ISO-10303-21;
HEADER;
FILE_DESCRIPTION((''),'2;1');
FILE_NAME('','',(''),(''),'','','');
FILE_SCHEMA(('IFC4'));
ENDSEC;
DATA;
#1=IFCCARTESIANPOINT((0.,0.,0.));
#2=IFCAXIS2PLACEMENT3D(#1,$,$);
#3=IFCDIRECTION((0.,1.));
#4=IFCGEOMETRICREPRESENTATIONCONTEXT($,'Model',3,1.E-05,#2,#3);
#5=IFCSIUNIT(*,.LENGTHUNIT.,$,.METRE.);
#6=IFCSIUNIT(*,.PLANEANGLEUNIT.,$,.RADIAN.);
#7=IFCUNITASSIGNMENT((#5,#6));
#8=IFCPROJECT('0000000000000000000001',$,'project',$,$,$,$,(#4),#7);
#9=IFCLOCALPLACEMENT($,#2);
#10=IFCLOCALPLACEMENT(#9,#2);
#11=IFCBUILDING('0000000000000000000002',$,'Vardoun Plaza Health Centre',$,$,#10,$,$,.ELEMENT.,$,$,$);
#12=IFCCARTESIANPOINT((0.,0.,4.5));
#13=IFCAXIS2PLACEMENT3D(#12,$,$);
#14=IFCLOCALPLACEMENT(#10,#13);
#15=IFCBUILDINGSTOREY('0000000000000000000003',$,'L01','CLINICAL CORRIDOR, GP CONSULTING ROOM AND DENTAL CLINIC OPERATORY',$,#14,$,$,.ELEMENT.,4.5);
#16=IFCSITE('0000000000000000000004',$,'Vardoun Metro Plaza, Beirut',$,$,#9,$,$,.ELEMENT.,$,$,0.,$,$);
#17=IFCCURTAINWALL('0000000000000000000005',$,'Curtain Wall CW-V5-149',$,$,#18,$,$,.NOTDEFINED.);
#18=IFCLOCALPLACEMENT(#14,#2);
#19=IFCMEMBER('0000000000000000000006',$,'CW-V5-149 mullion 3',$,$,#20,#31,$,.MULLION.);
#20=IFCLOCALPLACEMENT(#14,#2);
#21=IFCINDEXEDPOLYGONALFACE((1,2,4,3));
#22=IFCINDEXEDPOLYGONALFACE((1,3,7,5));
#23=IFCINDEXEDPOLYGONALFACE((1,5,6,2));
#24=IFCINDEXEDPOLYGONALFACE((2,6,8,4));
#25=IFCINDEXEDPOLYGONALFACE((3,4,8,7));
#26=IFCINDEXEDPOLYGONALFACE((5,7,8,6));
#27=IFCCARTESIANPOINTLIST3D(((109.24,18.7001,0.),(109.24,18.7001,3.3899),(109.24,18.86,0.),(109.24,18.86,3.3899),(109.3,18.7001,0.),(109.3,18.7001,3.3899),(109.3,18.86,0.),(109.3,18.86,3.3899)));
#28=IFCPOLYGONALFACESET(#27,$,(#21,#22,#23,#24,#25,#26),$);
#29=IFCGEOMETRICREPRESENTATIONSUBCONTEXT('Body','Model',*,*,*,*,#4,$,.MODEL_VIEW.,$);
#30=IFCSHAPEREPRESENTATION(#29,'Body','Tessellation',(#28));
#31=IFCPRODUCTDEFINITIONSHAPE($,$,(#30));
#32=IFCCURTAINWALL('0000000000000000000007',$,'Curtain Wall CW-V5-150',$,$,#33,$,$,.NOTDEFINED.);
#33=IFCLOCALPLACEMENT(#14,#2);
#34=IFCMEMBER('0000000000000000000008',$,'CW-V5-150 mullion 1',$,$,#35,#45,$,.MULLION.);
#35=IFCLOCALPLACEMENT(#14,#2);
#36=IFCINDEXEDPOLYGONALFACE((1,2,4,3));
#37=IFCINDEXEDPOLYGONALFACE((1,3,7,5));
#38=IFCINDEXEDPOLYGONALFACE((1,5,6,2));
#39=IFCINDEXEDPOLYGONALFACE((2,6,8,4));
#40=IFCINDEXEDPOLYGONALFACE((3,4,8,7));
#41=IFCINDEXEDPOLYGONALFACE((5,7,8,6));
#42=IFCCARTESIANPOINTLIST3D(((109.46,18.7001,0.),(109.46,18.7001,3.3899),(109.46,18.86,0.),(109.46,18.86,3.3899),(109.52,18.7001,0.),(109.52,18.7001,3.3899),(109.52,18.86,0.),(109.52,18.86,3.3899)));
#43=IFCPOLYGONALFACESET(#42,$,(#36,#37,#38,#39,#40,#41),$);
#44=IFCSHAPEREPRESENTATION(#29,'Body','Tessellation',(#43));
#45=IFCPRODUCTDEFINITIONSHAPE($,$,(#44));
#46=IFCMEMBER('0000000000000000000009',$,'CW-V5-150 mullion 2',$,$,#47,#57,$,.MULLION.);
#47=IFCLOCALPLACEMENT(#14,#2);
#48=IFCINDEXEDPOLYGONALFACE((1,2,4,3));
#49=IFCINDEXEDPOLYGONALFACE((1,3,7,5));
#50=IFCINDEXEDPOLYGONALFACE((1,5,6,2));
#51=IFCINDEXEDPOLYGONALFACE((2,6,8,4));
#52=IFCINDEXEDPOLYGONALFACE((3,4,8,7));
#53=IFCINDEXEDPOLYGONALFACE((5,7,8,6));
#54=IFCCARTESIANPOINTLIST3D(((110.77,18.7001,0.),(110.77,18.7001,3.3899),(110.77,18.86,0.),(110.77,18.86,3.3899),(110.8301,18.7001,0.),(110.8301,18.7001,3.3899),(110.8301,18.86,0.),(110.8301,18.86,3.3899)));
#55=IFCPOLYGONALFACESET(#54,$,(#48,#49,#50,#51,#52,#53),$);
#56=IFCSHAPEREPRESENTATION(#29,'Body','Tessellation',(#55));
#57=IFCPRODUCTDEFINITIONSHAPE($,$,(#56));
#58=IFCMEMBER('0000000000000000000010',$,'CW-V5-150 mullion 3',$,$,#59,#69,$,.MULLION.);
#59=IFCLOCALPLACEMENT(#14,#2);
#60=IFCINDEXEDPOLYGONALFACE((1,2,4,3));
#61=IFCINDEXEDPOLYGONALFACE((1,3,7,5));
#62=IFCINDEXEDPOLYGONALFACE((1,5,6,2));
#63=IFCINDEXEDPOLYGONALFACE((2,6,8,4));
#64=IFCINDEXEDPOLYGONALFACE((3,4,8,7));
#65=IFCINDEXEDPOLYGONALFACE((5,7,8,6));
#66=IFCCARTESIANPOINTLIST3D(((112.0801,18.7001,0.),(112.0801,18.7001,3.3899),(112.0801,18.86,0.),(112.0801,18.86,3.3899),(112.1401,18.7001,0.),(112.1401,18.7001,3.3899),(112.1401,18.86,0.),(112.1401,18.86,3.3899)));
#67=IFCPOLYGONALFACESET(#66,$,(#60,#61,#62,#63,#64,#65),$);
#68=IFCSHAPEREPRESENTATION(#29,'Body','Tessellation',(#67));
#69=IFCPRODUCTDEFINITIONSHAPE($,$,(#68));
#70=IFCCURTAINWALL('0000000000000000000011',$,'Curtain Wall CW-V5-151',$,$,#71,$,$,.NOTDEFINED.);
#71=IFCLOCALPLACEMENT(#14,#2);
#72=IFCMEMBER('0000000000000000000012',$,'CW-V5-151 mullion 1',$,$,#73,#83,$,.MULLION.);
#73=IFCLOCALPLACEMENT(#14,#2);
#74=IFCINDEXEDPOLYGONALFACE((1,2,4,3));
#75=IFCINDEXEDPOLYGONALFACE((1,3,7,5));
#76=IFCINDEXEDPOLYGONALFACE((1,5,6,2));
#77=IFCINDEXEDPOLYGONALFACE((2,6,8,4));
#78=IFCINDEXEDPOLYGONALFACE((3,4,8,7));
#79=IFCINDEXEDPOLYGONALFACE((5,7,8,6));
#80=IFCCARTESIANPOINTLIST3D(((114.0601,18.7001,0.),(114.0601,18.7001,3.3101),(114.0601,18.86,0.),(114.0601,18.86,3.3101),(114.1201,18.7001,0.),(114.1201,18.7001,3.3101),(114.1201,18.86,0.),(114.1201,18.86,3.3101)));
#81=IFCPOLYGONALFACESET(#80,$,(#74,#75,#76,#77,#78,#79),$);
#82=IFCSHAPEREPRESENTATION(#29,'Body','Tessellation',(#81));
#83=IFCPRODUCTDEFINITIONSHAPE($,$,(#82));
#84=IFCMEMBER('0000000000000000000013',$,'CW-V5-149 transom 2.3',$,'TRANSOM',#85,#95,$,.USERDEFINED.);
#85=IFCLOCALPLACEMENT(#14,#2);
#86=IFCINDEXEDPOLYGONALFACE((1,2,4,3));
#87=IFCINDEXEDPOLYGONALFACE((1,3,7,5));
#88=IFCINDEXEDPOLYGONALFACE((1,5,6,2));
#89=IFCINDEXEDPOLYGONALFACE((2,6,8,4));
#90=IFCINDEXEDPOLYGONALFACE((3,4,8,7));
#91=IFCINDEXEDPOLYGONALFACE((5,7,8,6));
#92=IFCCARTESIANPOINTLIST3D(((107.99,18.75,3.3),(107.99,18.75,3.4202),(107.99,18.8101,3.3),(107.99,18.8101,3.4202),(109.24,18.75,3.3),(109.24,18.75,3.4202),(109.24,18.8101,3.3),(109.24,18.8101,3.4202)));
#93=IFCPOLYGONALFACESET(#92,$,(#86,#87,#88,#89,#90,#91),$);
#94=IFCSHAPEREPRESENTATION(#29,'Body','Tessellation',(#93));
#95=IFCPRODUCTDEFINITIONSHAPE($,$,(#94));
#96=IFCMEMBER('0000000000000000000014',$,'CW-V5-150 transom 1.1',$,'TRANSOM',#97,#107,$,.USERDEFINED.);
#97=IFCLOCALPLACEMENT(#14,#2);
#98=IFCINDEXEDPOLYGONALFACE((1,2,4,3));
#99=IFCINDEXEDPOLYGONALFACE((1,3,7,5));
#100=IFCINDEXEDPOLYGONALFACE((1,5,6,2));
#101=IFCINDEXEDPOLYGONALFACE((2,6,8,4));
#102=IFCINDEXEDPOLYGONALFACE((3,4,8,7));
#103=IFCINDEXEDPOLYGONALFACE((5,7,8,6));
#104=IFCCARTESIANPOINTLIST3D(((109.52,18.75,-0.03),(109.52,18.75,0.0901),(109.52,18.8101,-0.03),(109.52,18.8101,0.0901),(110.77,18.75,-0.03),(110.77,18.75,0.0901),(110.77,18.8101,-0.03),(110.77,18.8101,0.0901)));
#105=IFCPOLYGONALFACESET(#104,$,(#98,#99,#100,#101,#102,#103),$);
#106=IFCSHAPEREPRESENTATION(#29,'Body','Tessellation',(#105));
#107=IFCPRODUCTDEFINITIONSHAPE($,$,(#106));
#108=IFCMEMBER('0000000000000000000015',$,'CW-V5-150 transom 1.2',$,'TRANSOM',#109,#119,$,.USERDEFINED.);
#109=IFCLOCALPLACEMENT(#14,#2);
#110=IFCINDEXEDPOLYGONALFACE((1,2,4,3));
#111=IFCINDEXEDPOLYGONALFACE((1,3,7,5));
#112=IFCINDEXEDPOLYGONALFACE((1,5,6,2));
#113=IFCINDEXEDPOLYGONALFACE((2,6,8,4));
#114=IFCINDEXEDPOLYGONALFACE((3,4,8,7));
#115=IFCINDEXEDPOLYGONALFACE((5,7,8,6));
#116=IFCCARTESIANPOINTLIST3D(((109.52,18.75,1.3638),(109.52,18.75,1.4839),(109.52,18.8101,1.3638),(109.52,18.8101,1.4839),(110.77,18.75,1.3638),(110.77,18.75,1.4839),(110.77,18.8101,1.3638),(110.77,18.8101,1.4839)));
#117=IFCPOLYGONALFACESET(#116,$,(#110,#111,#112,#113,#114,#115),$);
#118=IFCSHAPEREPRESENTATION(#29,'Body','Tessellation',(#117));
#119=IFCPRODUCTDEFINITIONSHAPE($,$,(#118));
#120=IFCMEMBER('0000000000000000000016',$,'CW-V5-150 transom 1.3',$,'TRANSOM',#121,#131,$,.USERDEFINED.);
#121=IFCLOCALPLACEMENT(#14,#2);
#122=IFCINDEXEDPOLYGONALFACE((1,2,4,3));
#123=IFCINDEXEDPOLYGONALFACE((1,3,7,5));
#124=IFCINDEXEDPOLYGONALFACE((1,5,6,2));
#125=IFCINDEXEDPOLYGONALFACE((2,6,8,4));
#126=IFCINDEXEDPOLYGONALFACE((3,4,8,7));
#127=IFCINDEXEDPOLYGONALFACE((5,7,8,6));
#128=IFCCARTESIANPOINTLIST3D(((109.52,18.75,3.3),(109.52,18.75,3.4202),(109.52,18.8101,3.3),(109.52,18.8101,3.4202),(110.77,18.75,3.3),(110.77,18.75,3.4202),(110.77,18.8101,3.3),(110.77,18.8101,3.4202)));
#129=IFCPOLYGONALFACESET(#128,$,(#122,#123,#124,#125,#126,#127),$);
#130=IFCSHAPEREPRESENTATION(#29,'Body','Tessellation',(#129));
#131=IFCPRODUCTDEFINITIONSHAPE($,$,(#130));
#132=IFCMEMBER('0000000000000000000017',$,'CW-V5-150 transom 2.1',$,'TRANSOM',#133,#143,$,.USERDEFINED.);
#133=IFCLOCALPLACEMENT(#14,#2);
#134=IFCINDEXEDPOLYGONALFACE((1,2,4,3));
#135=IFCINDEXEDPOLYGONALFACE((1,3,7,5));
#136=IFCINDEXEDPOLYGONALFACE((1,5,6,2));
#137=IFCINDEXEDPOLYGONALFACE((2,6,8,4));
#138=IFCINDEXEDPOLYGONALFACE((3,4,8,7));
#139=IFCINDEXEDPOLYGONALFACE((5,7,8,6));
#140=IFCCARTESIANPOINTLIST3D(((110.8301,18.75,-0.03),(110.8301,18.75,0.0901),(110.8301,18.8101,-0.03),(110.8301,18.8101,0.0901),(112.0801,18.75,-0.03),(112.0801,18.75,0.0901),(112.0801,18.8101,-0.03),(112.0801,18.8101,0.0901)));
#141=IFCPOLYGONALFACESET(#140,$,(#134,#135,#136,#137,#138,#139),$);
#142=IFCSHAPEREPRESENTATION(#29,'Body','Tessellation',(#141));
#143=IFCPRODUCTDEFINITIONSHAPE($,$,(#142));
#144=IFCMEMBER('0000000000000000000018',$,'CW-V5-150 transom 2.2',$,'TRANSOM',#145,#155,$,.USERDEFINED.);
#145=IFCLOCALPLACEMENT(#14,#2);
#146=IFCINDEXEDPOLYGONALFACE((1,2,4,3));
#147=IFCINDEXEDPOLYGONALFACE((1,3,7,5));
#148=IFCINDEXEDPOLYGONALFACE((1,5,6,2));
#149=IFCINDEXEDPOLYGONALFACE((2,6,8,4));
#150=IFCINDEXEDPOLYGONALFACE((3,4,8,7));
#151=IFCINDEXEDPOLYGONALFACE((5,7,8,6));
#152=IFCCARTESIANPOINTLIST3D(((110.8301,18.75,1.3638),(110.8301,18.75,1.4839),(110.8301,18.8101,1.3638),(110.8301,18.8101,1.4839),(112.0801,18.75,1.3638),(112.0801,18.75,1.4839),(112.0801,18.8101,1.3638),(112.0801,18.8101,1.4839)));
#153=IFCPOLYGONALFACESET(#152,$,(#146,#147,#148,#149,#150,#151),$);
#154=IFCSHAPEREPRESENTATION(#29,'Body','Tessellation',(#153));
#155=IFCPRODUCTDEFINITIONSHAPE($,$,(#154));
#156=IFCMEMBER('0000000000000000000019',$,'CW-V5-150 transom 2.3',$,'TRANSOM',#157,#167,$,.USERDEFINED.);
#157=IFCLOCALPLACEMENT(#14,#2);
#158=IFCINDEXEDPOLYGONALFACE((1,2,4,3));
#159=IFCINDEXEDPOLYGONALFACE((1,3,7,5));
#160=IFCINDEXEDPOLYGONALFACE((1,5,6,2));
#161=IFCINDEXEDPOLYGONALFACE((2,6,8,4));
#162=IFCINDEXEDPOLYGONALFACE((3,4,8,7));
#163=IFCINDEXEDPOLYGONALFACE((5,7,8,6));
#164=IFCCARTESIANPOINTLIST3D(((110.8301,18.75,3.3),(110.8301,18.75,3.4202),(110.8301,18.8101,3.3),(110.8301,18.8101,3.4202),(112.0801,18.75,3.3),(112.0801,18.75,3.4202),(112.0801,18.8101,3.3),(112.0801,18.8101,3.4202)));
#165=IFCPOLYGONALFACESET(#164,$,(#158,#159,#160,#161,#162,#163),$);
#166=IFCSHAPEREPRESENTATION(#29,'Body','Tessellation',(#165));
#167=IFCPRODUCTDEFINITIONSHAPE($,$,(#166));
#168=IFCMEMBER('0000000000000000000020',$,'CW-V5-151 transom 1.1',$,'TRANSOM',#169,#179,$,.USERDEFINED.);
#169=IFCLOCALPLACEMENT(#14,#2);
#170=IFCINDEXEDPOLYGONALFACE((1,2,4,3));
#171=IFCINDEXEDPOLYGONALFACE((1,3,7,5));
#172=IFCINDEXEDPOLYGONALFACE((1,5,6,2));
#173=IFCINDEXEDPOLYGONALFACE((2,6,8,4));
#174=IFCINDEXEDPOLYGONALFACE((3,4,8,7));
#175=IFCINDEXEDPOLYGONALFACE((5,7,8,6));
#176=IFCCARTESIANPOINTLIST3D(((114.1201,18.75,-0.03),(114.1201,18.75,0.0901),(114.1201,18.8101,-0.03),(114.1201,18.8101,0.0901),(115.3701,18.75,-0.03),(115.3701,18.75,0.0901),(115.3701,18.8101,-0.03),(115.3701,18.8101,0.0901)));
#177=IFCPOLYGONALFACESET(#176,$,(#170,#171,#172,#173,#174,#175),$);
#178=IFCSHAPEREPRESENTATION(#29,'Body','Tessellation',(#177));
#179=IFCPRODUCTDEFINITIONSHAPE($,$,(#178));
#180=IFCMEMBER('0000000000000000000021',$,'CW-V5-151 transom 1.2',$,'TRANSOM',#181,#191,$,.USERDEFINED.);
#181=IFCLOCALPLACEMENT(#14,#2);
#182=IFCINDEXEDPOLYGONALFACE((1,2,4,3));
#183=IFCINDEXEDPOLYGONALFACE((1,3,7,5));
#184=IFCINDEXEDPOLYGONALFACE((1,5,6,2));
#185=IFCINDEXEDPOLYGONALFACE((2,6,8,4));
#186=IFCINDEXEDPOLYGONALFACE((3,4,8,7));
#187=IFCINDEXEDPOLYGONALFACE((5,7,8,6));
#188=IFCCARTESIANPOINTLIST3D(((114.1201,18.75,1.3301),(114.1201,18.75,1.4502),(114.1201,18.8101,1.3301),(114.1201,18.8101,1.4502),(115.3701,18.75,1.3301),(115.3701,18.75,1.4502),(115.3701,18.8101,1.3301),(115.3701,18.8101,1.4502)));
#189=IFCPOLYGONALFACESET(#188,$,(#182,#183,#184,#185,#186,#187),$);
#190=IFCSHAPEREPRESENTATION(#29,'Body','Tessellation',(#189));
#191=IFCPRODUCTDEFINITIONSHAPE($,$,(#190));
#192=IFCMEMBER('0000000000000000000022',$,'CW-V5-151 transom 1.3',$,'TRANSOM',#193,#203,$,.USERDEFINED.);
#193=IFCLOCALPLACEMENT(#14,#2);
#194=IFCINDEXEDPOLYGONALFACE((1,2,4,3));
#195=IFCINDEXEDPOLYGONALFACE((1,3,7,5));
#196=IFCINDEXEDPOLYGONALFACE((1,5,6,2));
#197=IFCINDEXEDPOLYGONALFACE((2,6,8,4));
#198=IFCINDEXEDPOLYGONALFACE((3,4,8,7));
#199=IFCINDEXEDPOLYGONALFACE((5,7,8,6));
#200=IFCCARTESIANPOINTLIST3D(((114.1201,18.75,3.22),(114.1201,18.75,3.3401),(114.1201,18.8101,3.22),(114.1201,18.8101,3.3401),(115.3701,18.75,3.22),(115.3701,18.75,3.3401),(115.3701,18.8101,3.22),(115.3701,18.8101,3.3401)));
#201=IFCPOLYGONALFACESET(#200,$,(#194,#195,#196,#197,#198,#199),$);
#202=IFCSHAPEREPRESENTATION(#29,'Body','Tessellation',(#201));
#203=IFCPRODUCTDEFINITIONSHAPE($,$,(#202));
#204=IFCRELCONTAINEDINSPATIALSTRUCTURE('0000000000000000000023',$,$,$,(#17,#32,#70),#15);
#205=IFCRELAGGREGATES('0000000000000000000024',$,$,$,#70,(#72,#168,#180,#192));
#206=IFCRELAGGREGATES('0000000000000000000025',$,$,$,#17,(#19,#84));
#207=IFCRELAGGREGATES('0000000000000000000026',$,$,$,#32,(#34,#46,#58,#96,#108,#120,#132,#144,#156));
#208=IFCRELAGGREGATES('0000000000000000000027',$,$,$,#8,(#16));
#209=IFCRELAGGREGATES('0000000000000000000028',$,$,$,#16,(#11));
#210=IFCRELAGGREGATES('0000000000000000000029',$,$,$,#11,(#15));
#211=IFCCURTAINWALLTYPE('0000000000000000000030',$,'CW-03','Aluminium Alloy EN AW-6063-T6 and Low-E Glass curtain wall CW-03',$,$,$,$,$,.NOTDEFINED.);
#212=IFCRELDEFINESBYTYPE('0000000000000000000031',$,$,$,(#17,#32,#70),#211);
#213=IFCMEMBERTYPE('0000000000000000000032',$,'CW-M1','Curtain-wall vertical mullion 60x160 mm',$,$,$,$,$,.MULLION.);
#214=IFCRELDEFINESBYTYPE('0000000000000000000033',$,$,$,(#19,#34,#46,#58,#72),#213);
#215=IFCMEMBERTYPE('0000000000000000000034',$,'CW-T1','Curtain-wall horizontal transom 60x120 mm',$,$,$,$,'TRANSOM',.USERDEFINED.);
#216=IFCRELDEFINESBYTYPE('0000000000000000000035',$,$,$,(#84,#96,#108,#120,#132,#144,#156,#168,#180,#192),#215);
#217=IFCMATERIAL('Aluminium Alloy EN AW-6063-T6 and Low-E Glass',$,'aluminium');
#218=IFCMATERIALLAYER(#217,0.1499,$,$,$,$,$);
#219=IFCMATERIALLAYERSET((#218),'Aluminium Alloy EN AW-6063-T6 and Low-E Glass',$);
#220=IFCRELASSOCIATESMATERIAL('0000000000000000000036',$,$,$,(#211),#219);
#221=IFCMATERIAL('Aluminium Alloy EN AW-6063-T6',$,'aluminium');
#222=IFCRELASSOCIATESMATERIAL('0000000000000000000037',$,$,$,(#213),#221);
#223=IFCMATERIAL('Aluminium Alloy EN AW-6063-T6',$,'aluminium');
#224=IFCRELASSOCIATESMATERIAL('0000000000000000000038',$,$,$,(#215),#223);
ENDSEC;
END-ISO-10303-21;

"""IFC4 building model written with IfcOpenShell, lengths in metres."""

from ifc_helpers import new_model, si_unit, direction, frame, origin, origin_2d, place, context, subcontext, project, spatial, rectangle, extrude, material, layer, layer_set, material_profile, profile_set, type_object, element, aggregate, save


model = new_model("IFC4")

# Units and contexts
model_context = context("Model", 3, precision=1e-05, world=origin(), true_north=direction((0.0, 1.0)))
body_context = subcontext(model_context, "Body", "Model", "MODEL_VIEW")
ifc_project = project(units=[si_unit("LENGTHUNIT", "METRE"), si_unit("PLANEANGLEUNIT", "RADIAN")], contexts=[model_context])

# Site, building, storey
site_placement = place(None, origin())
site = spatial("IfcSite", under=ifc_project, at=site_placement, Name="Vardoun Metro Plaza, Beirut", CompositionType="ELEMENT", RefElevation=0.0)
building_placement = place(site_placement, origin())
building = spatial("IfcBuilding", under=site, at=building_placement, Name="Vardoun Plaza Health Centre", CompositionType="ELEMENT")
storey_placement = place(building_placement, frame((0.0, 0.0, 4.5)))
storey = spatial("IfcBuildingStorey", under=building, at=storey_placement, Name="L01", Description="CLINICAL CORRIDOR, GP CONSULTING ROOM AND DENTAL CLINIC OPERATORY", CompositionType="ELEMENT", Elevation=4.5)

# Curtain wall, member
ifc_material_1 = material(Name="Aluminium Alloy EN AW-6063-T6 and Low-E Glass", Category="aluminium")
ifc_layer_1 = layer(ifc_material_1, 0.1499)
ifc_layer_set_1 = layer_set([ifc_layer_1], Name="Aluminium Alloy EN AW-6063-T6 and Low-E Glass")
curtain_wall_type = type_object("IfcCurtainWallType", Name="CW-03", Description="Aluminium Alloy EN AW-6063-T6 and Low-E Glass curtain wall CW-03", PredefinedType="NOTDEFINED", material=ifc_layer_set_1)
curtain_wall_1_placement = place(storey_placement, origin())
curtain_wall_1 = element("IfcCurtainWall", 1, at=curtain_wall_1_placement, inside=storey, type_object=curtain_wall_type, Name="Curtain Wall CW-V5-149", PredefinedType="NOTDEFINED")
ifc_material_2 = material(Name="Aluminium Alloy EN AW-6063-T6", Category="aluminium")
ifc_material_profile_1 = material_profile(ifc_material_2, rectangle(XDim=0.1599, YDim=0.0601, at=origin_2d()), Name="CWM 60x160")
ifc_profile_set_1 = profile_set([ifc_material_profile_1], Name="Aluminium Alloy EN AW-6063-T6")
member_type_1 = type_object("IfcMemberType", Name="CW-M1", Description="Curtain-wall vertical mullion 60x160 mm", PredefinedType="MULLION", material=ifc_profile_set_1)
member_1_placement = place(storey_placement, frame((109.27, 18.78, 0.0), z_axis=(0.0, 0.0, 1.0), x_axis=(0.0, 1.0, 0.0)))
member_1 = element("IfcMember", 2, at=member_1_placement, type_object=member_type_1, Name="CW-V5-149 mullion 3", PredefinedType="MULLION", context=body_context, shape_type="SweptSolid", body=[
    extrude(rectangle(XDim=0.1599, YDim=0.0601, at=origin_2d()), origin(), (0.0, 0.0, 1.0), 3.3899),
])

# Curtain wall, members
curtain_wall_2_placement = place(storey_placement, origin())
curtain_wall_2 = element("IfcCurtainWall", 3, at=curtain_wall_2_placement, inside=storey, type_object=curtain_wall_type, Name="Curtain Wall CW-V5-150", PredefinedType="NOTDEFINED")
member_2_placement = place(storey_placement, frame((109.49, 18.78, 0.0), z_axis=(0.0, 0.0, 1.0), x_axis=(0.0, 1.0, 0.0)))
member_2 = element("IfcMember", 4, at=member_2_placement, type_object=member_type_1, Name="CW-V5-150 mullion 1", PredefinedType="MULLION", context=body_context, shape_type="SweptSolid", body=[
    extrude(rectangle(XDim=0.1599, YDim=0.0601, at=origin_2d()), origin(), (0.0, 0.0, 1.0), 3.3899),
])
member_3_placement = place(storey_placement, frame((110.8, 18.78, 0.0), z_axis=(0.0, 0.0, 1.0), x_axis=(0.0, 1.0, 0.0)))
member_3 = element("IfcMember", 5, at=member_3_placement, type_object=member_type_1, Name="CW-V5-150 mullion 2", PredefinedType="MULLION", context=body_context, shape_type="SweptSolid", body=[
    extrude(rectangle(XDim=0.1599, YDim=0.0601, at=origin_2d()), origin(), (0.0, 0.0, 1.0), 3.3899),
])
member_4_placement = place(storey_placement, frame((112.1101, 18.78, 0.0), z_axis=(0.0, 0.0, 1.0), x_axis=(0.0, 1.0, 0.0)))
member_4 = element("IfcMember", 6, at=member_4_placement, type_object=member_type_1, Name="CW-V5-150 mullion 3", PredefinedType="MULLION", context=body_context, shape_type="SweptSolid", body=[
    extrude(rectangle(XDim=0.1599, YDim=0.0601, at=origin_2d()), origin(), (0.0, 0.0, 1.0), 3.3899),
])

# Curtain wall, member
curtain_wall_3_placement = place(storey_placement, origin())
curtain_wall_3 = element("IfcCurtainWall", 7, at=curtain_wall_3_placement, inside=storey, type_object=curtain_wall_type, Name="Curtain Wall CW-V5-151", PredefinedType="NOTDEFINED")
member_5_placement = place(storey_placement, frame((114.0901, 18.78, 0.0), z_axis=(0.0, 0.0, 1.0), x_axis=(0.0, 1.0, 0.0)))
member_5 = element("IfcMember", 8, at=member_5_placement, type_object=member_type_1, Name="CW-V5-151 mullion 1", PredefinedType="MULLION", context=body_context, shape_type="SweptSolid", body=[
    extrude(rectangle(XDim=0.1599, YDim=0.0601, at=origin_2d()), origin(), (0.0, 0.0, 1.0), 3.3101),
])

# Members
ifc_material_3 = material(Name="Aluminium Alloy EN AW-6063-T6", Category="aluminium")
ifc_material_profile_2 = material_profile(ifc_material_3, rectangle(XDim=0.0601, YDim=0.1201, at=origin_2d()), Name="CWT 60x120")
ifc_profile_set_2 = profile_set([ifc_material_profile_2], Name="Aluminium Alloy EN AW-6063-T6")
member_type_2 = type_object("IfcMemberType", Name="CW-T1", Description="Curtain-wall horizontal transom 60x120 mm", ElementType="TRANSOM", PredefinedType="USERDEFINED", material=ifc_profile_set_2)
member_6_placement = place(storey_placement, frame((107.99, 18.78, 3.3601), z_axis=(1.0, 0.0, 0.0), x_axis=(0.0, 1.0, 0.0)))
member_6 = element("IfcMember", 9, at=member_6_placement, type_object=member_type_2, Name="CW-V5-149 transom 2.3", ObjectType="TRANSOM", PredefinedType="USERDEFINED", context=body_context, shape_type="SweptSolid", body=[
    extrude(rectangle(XDim=0.0601, YDim=0.1201, at=origin_2d()), origin(), (0.0, 0.0, 1.0), 1.25),
])
member_7_placement = place(storey_placement, frame((109.52, 18.78, 0.03), z_axis=(1.0, 0.0, 0.0), x_axis=(0.0, 1.0, 0.0)))
member_7 = element("IfcMember", 10, at=member_7_placement, type_object=member_type_2, Name="CW-V5-150 transom 1.1", ObjectType="TRANSOM", PredefinedType="USERDEFINED", context=body_context, shape_type="SweptSolid", body=[
    extrude(rectangle(XDim=0.0601, YDim=0.1201, at=origin_2d()), origin(), (0.0, 0.0, 1.0), 1.25),
])
member_8_placement = place(storey_placement, frame((109.52, 18.78, 1.4238), z_axis=(1.0, 0.0, 0.0), x_axis=(0.0, 1.0, 0.0)))
member_8 = element("IfcMember", 11, at=member_8_placement, type_object=member_type_2, Name="CW-V5-150 transom 1.2", ObjectType="TRANSOM", PredefinedType="USERDEFINED", context=body_context, shape_type="SweptSolid", body=[
    extrude(rectangle(XDim=0.0601, YDim=0.1201, at=origin_2d()), origin(), (0.0, 0.0, 1.0), 1.25),
])
member_9_placement = place(storey_placement, frame((109.52, 18.78, 3.3601), z_axis=(1.0, 0.0, 0.0), x_axis=(0.0, 1.0, 0.0)))
member_9 = element("IfcMember", 12, at=member_9_placement, type_object=member_type_2, Name="CW-V5-150 transom 1.3", ObjectType="TRANSOM", PredefinedType="USERDEFINED", context=body_context, shape_type="SweptSolid", body=[
    extrude(rectangle(XDim=0.0601, YDim=0.1201, at=origin_2d()), origin(), (0.0, 0.0, 1.0), 1.25),
])
member_10_placement = place(storey_placement, frame((110.8301, 18.78, 0.03), z_axis=(1.0, 0.0, 0.0), x_axis=(0.0, 1.0, 0.0)))
member_10 = element("IfcMember", 13, at=member_10_placement, type_object=member_type_2, Name="CW-V5-150 transom 2.1", ObjectType="TRANSOM", PredefinedType="USERDEFINED", context=body_context, shape_type="SweptSolid", body=[
    extrude(rectangle(XDim=0.0601, YDim=0.1201, at=origin_2d()), origin(), (0.0, 0.0, 1.0), 1.25),
])
member_11_placement = place(storey_placement, frame((110.8301, 18.78, 1.4238), z_axis=(1.0, 0.0, 0.0), x_axis=(0.0, 1.0, 0.0)))
member_11 = element("IfcMember", 14, at=member_11_placement, type_object=member_type_2, Name="CW-V5-150 transom 2.2", ObjectType="TRANSOM", PredefinedType="USERDEFINED", context=body_context, shape_type="SweptSolid", body=[
    extrude(rectangle(XDim=0.0601, YDim=0.1201, at=origin_2d()), origin(), (0.0, 0.0, 1.0), 1.25),
])
member_12_placement = place(storey_placement, frame((110.8301, 18.78, 3.3601), z_axis=(1.0, 0.0, 0.0), x_axis=(0.0, 1.0, 0.0)))
member_12 = element("IfcMember", 15, at=member_12_placement, type_object=member_type_2, Name="CW-V5-150 transom 2.3", ObjectType="TRANSOM", PredefinedType="USERDEFINED", context=body_context, shape_type="SweptSolid", body=[
    extrude(rectangle(XDim=0.0601, YDim=0.1201, at=origin_2d()), origin(), (0.0, 0.0, 1.0), 1.25),
])
member_13_placement = place(storey_placement, frame((114.1201, 18.78, 0.03), z_axis=(1.0, 0.0, 0.0), x_axis=(0.0, 1.0, 0.0)))
member_13 = element("IfcMember", 16, at=member_13_placement, type_object=member_type_2, Name="CW-V5-151 transom 1.1", ObjectType="TRANSOM", PredefinedType="USERDEFINED", context=body_context, shape_type="SweptSolid", body=[
    extrude(rectangle(XDim=0.0601, YDim=0.1201, at=origin_2d()), origin(), (0.0, 0.0, 1.0), 1.25),
])
member_14_placement = place(storey_placement, frame((114.1201, 18.78, 1.3901), z_axis=(1.0, 0.0, 0.0), x_axis=(0.0, 1.0, 0.0)))
member_14 = element("IfcMember", 17, at=member_14_placement, type_object=member_type_2, Name="CW-V5-151 transom 1.2", ObjectType="TRANSOM", PredefinedType="USERDEFINED", context=body_context, shape_type="SweptSolid", body=[
    extrude(rectangle(XDim=0.0601, YDim=0.1201, at=origin_2d()), origin(), (0.0, 0.0, 1.0), 1.25),
])
member_15_placement = place(storey_placement, frame((114.1201, 18.78, 3.28), z_axis=(1.0, 0.0, 0.0), x_axis=(0.0, 1.0, 0.0)))
member_15 = element("IfcMember", 18, at=member_15_placement, type_object=member_type_2, Name="CW-V5-151 transom 1.3", ObjectType="TRANSOM", PredefinedType="USERDEFINED", context=body_context, shape_type="SweptSolid", body=[
    extrude(rectangle(XDim=0.0601, YDim=0.1201, at=origin_2d()), origin(), (0.0, 0.0, 1.0), 1.25),
])
aggregate(curtain_wall_3, [member_5, member_13, member_14, member_15])

aggregate(curtain_wall_1, [member_1, member_6])
aggregate(curtain_wall_2, [member_2, member_3, member_4, member_7, member_8, member_9, member_10, member_11, member_12])

save(model, "model.ifc")
